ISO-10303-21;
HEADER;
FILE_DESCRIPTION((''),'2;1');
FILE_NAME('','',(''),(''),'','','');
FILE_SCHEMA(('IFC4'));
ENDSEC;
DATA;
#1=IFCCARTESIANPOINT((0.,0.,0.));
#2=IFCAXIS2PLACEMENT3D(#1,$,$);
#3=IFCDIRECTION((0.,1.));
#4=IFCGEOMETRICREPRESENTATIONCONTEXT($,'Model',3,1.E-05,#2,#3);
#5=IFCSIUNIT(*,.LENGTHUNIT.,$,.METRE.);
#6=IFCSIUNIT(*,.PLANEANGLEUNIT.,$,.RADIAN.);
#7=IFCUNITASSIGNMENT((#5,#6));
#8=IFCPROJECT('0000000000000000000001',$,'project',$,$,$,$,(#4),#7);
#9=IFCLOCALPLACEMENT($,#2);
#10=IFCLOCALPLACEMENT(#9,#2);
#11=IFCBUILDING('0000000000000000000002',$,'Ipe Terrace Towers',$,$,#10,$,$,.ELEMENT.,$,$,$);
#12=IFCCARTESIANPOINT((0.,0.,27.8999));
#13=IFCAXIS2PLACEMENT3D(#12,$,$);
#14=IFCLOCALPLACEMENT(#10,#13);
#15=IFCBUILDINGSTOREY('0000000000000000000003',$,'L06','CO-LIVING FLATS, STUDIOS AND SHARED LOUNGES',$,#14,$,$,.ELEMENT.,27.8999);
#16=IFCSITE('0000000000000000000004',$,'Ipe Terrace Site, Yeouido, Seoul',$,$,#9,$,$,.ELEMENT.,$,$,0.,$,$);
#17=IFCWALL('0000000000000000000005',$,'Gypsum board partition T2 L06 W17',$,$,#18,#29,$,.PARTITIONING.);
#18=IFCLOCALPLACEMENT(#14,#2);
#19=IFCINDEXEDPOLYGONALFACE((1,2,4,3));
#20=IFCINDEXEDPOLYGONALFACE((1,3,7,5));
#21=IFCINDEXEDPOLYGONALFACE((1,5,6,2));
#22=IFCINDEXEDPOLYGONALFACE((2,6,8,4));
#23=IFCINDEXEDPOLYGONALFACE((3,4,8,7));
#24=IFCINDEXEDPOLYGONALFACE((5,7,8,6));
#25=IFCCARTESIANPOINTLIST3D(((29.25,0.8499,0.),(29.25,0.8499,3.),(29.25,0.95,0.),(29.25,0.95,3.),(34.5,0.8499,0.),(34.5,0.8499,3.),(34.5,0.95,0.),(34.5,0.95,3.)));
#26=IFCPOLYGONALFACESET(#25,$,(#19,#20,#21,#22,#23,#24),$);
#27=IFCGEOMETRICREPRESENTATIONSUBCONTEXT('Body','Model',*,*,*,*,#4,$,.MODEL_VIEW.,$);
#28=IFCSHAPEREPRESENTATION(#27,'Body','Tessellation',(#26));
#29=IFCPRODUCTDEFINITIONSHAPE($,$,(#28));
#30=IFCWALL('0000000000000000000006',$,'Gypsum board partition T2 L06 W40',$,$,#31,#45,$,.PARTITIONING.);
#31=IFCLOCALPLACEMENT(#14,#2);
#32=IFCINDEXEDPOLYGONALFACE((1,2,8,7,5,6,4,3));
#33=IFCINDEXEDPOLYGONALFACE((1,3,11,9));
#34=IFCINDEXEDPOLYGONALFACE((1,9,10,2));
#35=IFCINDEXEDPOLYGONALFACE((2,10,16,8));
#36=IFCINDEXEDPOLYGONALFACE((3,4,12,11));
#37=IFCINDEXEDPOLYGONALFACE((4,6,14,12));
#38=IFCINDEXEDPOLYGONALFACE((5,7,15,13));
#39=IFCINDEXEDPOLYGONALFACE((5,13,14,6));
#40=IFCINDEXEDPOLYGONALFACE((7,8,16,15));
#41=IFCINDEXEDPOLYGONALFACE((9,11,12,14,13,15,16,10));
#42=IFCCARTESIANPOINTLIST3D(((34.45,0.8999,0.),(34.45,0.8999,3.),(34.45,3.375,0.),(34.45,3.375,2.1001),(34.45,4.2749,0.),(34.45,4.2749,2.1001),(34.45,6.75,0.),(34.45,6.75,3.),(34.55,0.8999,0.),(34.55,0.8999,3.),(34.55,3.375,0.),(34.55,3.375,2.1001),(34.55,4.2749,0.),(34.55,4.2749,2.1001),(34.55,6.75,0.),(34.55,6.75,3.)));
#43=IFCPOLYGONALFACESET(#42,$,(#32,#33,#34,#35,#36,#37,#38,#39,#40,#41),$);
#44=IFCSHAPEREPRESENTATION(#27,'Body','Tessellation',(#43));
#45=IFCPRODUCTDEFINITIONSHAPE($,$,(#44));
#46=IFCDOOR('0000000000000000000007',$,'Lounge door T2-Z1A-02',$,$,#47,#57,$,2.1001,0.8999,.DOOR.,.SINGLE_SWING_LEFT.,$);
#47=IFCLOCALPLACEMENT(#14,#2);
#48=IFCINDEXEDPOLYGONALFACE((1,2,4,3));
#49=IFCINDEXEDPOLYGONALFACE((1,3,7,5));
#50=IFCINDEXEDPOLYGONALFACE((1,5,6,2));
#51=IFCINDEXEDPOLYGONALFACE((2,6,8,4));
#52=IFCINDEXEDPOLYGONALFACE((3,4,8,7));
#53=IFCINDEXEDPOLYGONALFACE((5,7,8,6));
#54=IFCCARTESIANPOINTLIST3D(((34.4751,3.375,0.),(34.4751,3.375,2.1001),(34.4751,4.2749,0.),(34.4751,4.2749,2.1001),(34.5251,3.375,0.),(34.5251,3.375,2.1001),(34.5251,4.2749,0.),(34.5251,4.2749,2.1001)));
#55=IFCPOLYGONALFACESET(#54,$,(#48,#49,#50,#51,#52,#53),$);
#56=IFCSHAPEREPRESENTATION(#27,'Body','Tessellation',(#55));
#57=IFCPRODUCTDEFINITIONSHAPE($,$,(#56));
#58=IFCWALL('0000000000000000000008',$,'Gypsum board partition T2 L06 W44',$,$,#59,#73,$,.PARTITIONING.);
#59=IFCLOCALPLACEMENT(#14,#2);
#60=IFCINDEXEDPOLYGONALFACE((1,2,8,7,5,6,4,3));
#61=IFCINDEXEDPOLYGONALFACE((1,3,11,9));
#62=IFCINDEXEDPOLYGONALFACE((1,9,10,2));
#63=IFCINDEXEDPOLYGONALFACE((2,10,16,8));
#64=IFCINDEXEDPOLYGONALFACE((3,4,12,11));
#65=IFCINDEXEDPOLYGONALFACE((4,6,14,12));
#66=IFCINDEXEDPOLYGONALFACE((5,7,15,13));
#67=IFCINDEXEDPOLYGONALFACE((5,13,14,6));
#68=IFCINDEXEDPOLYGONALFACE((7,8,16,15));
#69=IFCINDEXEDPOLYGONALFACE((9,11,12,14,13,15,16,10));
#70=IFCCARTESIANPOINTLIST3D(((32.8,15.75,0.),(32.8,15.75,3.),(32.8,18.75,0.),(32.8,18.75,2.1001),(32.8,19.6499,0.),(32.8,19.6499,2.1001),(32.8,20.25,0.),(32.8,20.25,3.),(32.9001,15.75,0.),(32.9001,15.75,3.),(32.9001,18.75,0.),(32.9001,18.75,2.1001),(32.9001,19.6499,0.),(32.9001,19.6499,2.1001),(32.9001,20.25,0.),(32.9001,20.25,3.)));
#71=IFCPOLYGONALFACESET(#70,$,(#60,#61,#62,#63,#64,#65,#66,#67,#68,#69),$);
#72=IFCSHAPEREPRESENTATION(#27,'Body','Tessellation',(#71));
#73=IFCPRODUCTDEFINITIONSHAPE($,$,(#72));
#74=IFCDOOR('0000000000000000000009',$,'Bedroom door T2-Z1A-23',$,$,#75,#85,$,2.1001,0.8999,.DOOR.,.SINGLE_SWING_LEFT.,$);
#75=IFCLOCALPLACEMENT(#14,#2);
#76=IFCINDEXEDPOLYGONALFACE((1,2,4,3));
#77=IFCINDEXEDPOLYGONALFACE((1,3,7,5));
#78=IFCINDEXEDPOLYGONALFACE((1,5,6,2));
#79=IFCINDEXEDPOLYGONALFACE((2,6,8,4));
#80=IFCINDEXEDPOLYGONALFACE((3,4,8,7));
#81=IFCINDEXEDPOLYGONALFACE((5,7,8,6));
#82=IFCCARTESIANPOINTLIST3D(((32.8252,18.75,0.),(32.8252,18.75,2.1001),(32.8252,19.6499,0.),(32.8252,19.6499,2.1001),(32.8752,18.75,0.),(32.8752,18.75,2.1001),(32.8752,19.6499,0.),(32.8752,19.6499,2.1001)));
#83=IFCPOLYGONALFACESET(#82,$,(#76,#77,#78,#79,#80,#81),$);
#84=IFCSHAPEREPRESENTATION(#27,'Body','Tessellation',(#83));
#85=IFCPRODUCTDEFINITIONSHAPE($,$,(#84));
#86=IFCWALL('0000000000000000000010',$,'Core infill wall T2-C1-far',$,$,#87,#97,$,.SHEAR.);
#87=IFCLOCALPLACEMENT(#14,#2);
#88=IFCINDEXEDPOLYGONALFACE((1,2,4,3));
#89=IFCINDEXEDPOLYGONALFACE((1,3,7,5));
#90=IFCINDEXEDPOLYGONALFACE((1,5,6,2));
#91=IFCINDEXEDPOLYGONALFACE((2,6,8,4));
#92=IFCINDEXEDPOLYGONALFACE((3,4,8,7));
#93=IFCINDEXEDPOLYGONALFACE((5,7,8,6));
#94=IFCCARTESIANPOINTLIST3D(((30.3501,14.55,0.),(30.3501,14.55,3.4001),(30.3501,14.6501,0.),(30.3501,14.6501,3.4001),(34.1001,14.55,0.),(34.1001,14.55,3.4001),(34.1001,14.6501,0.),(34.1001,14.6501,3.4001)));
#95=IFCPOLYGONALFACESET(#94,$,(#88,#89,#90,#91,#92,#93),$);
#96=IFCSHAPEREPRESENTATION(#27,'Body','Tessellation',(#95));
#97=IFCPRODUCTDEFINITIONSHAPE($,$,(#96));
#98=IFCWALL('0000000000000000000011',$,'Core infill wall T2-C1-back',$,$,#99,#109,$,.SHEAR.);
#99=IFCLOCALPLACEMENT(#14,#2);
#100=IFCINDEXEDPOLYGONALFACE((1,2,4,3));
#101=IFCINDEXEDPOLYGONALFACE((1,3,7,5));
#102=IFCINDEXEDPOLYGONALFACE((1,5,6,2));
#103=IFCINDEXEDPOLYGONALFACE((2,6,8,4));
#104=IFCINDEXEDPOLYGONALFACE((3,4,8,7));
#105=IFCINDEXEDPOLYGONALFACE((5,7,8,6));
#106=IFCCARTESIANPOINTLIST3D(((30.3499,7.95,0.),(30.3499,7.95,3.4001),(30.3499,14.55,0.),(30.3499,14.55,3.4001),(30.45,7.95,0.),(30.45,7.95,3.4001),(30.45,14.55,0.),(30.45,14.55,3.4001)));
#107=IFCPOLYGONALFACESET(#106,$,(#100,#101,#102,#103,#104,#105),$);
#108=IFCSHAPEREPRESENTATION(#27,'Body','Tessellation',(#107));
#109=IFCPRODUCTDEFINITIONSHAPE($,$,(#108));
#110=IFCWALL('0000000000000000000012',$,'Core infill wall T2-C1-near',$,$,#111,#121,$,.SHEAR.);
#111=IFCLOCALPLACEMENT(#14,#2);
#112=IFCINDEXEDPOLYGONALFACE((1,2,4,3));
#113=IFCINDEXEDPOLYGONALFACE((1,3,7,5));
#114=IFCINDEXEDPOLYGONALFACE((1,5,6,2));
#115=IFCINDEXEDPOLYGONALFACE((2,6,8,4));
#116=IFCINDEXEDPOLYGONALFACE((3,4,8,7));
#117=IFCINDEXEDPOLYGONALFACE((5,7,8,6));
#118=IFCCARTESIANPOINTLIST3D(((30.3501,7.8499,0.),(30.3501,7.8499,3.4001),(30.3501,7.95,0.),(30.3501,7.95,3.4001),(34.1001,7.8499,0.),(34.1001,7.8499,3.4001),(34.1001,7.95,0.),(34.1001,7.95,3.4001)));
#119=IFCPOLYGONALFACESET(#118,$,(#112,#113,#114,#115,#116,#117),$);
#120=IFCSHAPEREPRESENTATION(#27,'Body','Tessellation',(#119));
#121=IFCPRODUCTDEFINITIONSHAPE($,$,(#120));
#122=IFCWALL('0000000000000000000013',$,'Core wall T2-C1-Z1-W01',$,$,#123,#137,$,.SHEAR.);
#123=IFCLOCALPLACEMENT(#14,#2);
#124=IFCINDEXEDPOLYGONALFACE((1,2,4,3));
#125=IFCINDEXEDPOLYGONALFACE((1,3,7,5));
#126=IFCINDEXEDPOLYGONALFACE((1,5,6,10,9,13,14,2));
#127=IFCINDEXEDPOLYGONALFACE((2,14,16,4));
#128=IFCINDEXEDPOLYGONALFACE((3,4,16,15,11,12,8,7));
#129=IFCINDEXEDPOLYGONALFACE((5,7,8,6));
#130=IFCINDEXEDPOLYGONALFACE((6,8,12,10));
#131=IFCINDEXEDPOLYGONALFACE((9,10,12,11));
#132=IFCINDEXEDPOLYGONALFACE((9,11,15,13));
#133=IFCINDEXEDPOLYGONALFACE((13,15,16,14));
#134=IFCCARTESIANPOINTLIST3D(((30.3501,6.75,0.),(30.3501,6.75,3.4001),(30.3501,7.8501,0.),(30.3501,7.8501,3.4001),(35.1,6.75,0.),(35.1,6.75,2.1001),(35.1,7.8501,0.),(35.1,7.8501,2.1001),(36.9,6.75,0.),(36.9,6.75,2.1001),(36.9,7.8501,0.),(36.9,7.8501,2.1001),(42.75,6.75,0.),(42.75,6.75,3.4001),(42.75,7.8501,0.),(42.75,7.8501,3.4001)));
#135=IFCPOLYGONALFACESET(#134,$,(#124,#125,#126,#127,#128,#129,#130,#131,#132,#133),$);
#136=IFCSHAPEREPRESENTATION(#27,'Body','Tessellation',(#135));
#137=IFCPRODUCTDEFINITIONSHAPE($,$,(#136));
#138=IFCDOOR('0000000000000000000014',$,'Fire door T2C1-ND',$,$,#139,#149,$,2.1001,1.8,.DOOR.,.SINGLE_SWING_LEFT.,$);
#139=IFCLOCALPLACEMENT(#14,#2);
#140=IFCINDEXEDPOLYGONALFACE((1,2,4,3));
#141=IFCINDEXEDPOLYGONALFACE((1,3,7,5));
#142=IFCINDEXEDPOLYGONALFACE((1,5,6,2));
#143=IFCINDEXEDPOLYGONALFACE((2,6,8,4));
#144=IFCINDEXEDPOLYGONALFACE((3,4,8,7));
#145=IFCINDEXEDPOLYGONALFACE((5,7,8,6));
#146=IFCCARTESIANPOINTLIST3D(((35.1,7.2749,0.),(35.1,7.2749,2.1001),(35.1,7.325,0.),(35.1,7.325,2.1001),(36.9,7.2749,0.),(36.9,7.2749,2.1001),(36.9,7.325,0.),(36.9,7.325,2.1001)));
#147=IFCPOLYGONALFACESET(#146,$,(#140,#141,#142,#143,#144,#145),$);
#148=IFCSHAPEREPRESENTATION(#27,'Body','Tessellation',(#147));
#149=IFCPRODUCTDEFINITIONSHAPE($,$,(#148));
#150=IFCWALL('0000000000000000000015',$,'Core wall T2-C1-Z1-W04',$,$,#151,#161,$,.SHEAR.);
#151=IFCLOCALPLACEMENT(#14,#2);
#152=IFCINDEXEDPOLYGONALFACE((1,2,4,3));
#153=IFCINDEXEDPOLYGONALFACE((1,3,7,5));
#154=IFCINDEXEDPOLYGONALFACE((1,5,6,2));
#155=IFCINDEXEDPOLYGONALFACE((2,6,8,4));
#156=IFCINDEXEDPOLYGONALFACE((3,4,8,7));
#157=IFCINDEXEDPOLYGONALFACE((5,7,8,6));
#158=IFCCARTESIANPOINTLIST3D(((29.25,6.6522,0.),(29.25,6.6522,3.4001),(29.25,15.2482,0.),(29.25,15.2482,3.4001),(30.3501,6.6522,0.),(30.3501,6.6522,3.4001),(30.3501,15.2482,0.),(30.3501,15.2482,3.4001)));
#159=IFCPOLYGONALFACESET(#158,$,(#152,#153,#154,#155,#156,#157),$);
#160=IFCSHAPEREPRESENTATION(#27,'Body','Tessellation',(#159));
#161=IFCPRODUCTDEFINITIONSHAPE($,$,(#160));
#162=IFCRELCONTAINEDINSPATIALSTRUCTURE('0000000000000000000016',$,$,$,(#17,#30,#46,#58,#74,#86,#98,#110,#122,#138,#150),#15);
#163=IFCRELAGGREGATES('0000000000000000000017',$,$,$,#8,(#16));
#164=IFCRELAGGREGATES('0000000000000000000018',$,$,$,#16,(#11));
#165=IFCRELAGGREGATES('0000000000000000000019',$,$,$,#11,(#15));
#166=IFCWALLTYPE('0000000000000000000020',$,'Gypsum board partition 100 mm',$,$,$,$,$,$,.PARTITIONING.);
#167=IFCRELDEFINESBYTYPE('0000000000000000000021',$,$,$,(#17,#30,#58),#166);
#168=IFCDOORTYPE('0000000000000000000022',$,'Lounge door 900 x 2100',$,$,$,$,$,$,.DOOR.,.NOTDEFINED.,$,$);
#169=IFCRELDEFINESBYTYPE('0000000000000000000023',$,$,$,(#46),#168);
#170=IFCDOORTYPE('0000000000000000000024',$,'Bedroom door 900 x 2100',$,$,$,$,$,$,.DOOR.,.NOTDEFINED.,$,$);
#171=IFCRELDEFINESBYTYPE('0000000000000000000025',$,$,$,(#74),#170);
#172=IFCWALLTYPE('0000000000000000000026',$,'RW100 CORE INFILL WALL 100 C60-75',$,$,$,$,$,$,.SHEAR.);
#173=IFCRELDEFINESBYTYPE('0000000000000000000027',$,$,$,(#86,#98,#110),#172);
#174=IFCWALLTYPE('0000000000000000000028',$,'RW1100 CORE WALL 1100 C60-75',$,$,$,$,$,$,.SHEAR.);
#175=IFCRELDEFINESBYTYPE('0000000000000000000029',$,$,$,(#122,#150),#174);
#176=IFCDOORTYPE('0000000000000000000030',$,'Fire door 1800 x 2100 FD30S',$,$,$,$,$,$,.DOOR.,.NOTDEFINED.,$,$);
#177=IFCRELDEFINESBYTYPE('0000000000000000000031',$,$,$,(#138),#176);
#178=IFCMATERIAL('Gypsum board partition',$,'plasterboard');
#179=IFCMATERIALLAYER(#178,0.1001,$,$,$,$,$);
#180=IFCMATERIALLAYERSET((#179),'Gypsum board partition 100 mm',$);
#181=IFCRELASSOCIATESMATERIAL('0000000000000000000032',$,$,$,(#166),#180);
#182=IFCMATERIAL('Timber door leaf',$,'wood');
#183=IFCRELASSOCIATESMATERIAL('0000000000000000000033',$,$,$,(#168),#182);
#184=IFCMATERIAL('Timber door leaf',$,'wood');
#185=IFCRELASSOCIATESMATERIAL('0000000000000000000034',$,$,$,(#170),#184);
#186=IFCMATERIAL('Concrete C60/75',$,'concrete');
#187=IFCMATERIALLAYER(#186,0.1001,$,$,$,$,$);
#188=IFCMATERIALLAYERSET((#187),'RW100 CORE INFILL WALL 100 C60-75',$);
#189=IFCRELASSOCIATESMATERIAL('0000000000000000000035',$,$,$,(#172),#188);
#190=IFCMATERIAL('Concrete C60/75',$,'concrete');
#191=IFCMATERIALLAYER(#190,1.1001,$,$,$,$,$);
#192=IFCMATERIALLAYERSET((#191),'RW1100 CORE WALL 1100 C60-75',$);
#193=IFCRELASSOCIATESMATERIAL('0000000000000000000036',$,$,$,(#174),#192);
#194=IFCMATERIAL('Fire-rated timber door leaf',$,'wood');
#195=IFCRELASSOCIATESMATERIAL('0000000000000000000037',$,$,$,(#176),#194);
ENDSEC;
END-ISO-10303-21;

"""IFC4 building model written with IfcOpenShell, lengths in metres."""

from ifc_helpers import new_model, si_unit, direction, frame, frame_2d, origin, place, context, subcontext, project, spatial, rectangle, extrude, material, layer, layer_set, type_object, element, fill, save


model = new_model("IFC4")

# Units and contexts
model_context = context("Model", 3, precision=1e-05, world=origin(), true_north=direction((0.0, 1.0)))
body_context = subcontext(model_context, "Body", "Model", "MODEL_VIEW")
ifc_project = project(units=[si_unit("LENGTHUNIT", "METRE"), si_unit("PLANEANGLEUNIT", "RADIAN")], contexts=[model_context])

# Site, building, storey
site_placement = place(None, origin())
site = spatial("IfcSite", under=ifc_project, at=site_placement, Name="Ipe Terrace Site, Yeouido, Seoul", CompositionType="ELEMENT", RefElevation=0.0)
building_placement = place(site_placement, origin())
building = spatial("IfcBuilding", under=site, at=building_placement, Name="Ipe Terrace Towers", CompositionType="ELEMENT")
storey_placement = place(building_placement, frame((0.0, 0.0, 27.8999)))
storey = spatial("IfcBuildingStorey", under=building, at=storey_placement, Name="L06", Description="CO-LIVING FLATS, STUDIOS AND SHARED LOUNGES", CompositionType="ELEMENT", Elevation=27.8999)

# Wall
ifc_material_1 = material(Name="Gypsum board partition", Category="plasterboard")
ifc_layer_1 = layer(ifc_material_1, 0.1001)
ifc_layer_set_1 = layer_set([ifc_layer_1], Name="Gypsum board partition 100 mm")
wall_type_1 = type_object("IfcWallType", Name="Gypsum board partition 100 mm", PredefinedType="PARTITIONING", material=ifc_layer_set_1)
wall_1_placement = place(storey_placement, frame((34.5, 0.8999, 0.0), z_axis=(0.0, 0.0, 1.0), x_axis=(-1.0, 0.0, 0.0)))
element("IfcWall", 1, at=wall_1_placement, inside=storey, type_object=wall_type_1, Name="Gypsum board partition T2 L06 W17", PredefinedType="PARTITIONING", context=body_context, shape_type="SweptSolid", body=[
    extrude(rectangle(XDim=5.25, YDim=0.1001, at=frame_2d((2.625, 0.0))), origin(), (0.0, 0.0, 1.0), 3.0),
])

# Walls, openings, doors
wall_2_placement = place(storey_placement, frame((34.5, 0.8999, 0.0), z_axis=(0.0, 0.0, 1.0), x_axis=(0.0, 1.0, 0.0)))
wall_2 = element("IfcWall", 2, at=wall_2_placement, inside=storey, type_object=wall_type_1, Name="Gypsum board partition T2 L06 W40", PredefinedType="PARTITIONING", context=body_context, shape_type="SweptSolid", body=[
    extrude(rectangle(XDim=5.8501, YDim=0.1001, at=frame_2d((2.925, 0.0))), origin(), (0.0, 0.0, 1.0), 3.0),
])
opening_1_placement = place(wall_2_placement, frame((2.4751, 0.0, 0.0)))
opening_1 = element("IfcOpeningElement", 3, at=opening_1_placement, cuts=wall_2, PredefinedType="OPENING", context=body_context, shape_type="SweptSolid", body=[
    extrude(rectangle(XDim=0.8999, YDim=2.1001, at=frame_2d((0.45, 1.05))), frame((0.0, 0.0601, 0.0), z_axis=(0.0, -1.0, 0.0), x_axis=(1.0, 0.0, 0.0)), (0.0, 0.0, 1.0), 0.1201),
])
ifc_material_2 = material(Name="Timber door leaf", Category="wood")
door_type_1 = type_object("IfcDoorType", Name="Lounge door 900 x 2100", OperationType="NOTDEFINED", PredefinedType="DOOR", material=ifc_material_2)
door_1_placement = place(opening_1_placement, origin())
door_1 = element("IfcDoor", 4, at=door_1_placement, inside=storey, type_object=door_type_1, Name="Lounge door T2-Z1A-02", OperationType="SINGLE_SWING_LEFT", OverallHeight=2.1001, OverallWidth=0.8999, PredefinedType="DOOR", context=body_context, shape_type="SweptSolid", body=[
    extrude(rectangle(XDim=0.8999, YDim=2.1001, at=frame_2d((0.45, 1.05))), frame((0.0, 0.0249, 0.0), z_axis=(0.0, -1.0, 0.0), x_axis=(1.0, 0.0, 0.0)), (0.0, 0.0, 1.0), 0.05),
])
fill(opening_1, door_1)
wall_3_placement = place(storey_placement, frame((32.8501, 15.75, 0.0), z_axis=(0.0, 0.0, 1.0), x_axis=(0.0, 1.0, 0.0)))
wall_3 = element("IfcWall", 5, at=wall_3_placement, inside=storey, type_object=wall_type_1, Name="Gypsum board partition T2 L06 W44", PredefinedType="PARTITIONING", context=body_context, shape_type="SweptSolid", body=[
    extrude(rectangle(XDim=4.5, YDim=0.1001, at=frame_2d((2.25, 0.0))), origin(), (0.0, 0.0, 1.0), 3.0),
])
opening_2_placement = place(wall_3_placement, frame((3.0, 0.0, 0.0)))
opening_2 = element("IfcOpeningElement", 6, at=opening_2_placement, cuts=wall_3, PredefinedType="OPENING", context=body_context, shape_type="SweptSolid", body=[
    extrude(rectangle(XDim=0.8999, YDim=2.1001, at=frame_2d((0.45, 1.05))), frame((0.0, 0.0601, 0.0), z_axis=(0.0, -1.0, 0.0), x_axis=(1.0, 0.0, 0.0)), (0.0, 0.0, 1.0), 0.1201),
])
ifc_material_3 = material(Name="Timber door leaf", Category="wood")
door_type_2 = type_object("IfcDoorType", Name="Bedroom door 900 x 2100", OperationType="NOTDEFINED", PredefinedType="DOOR", material=ifc_material_3)
door_2_placement = place(opening_2_placement, origin())
door_2 = element("IfcDoor", 7, at=door_2_placement, inside=storey, type_object=door_type_2, Name="Bedroom door T2-Z1A-23", OperationType="SINGLE_SWING_LEFT", OverallHeight=2.1001, OverallWidth=0.8999, PredefinedType="DOOR", context=body_context, shape_type="SweptSolid", body=[
    extrude(rectangle(XDim=0.8999, YDim=2.1001, at=frame_2d((0.45, 1.05))), frame((0.0, 0.0249, 0.0), z_axis=(0.0, -1.0, 0.0), x_axis=(1.0, 0.0, 0.0)), (0.0, 0.0, 1.0), 0.05),
])
fill(opening_2, door_2)

# Walls
ifc_material_4 = material(Name="Concrete C60/75", Category="concrete")
ifc_layer_2 = layer(ifc_material_4, 0.1001)
ifc_layer_set_2 = layer_set([ifc_layer_2], Name="RW100 CORE INFILL WALL 100 C60-75")
wall_type_2 = type_object("IfcWallType", Name="RW100 CORE INFILL WALL 100 C60-75", PredefinedType="SHEAR", material=ifc_layer_set_2)
wall_4_placement = place(storey_placement, frame((34.1001, 14.6001, 0.0), z_axis=(0.0, 0.0, 1.0), x_axis=(-1.0, 0.0, 0.0)))
element("IfcWall", 8, at=wall_4_placement, inside=storey, type_object=wall_type_2, Name="Core infill wall T2-C1-far", PredefinedType="SHEAR", context=body_context, shape_type="SweptSolid", body=[
    extrude(rectangle(XDim=3.75, YDim=0.1001, at=frame_2d((1.875, 0.0))), origin(), (0.0, 0.0, 1.0), 3.4001),
])
wall_5_placement = place(storey_placement, frame((30.3999, 7.95, 0.0), z_axis=(0.0, 0.0, 1.0), x_axis=(0.0, 1.0, 0.0)))
element("IfcWall", 9, at=wall_5_placement, inside=storey, type_object=wall_type_2, Name="Core infill wall T2-C1-back", PredefinedType="SHEAR", context=body_context, shape_type="SweptSolid", body=[
    extrude(rectangle(XDim=6.6001, YDim=0.1001, at=frame_2d((3.3, 0.0))), origin(), (0.0, 0.0, 1.0), 3.4001),
])
wall_6_placement = place(storey_placement, frame((34.1001, 7.8999, 0.0), z_axis=(0.0, 0.0, 1.0), x_axis=(-1.0, 0.0, 0.0)))
element("IfcWall", 10, at=wall_6_placement, inside=storey, type_object=wall_type_2, Name="Core infill wall T2-C1-near", PredefinedType="SHEAR", context=body_context, shape_type="SweptSolid", body=[
    extrude(rectangle(XDim=3.75, YDim=0.1001, at=frame_2d((1.875, 0.0))), origin(), (0.0, 0.0, 1.0), 3.4001),
])

# Wall, opening, door
ifc_material_5 = material(Name="Concrete C60/75", Category="concrete")
ifc_layer_3 = layer(ifc_material_5, 1.1001)
ifc_layer_set_3 = layer_set([ifc_layer_3], Name="RW1100 CORE WALL 1100 C60-75")
wall_type_3 = type_object("IfcWallType", Name="RW1100 CORE WALL 1100 C60-75", PredefinedType="SHEAR", material=ifc_layer_set_3)
wall_7_placement = place(storey_placement, frame((30.3501, 7.3, 0.0), z_axis=(0.0, 0.0, 1.0), x_axis=(1.0, 0.0, 0.0)))
wall_7 = element("IfcWall", 11, at=wall_7_placement, inside=storey, type_object=wall_type_3, Name="Core wall T2-C1-Z1-W01", PredefinedType="SHEAR", context=body_context, shape_type="SweptSolid", body=[
    extrude(rectangle(XDim=12.3999, YDim=1.1001, at=frame_2d((6.2, 0.0))), origin(), (0.0, 0.0, 1.0), 3.4001),
])
opening_3_placement = place(wall_7_placement, frame((4.75, 0.0, 0.0)))
opening_3 = element("IfcOpeningElement", 12, at=opening_3_placement, cuts=wall_7, PredefinedType="OPENING", context=body_context, shape_type="SweptSolid", body=[
    extrude(rectangle(XDim=1.8, YDim=2.1001, at=frame_2d((0.8999, 1.05))), frame((0.0, 0.5601, 0.0), z_axis=(0.0, -1.0, 0.0), x_axis=(1.0, 0.0, 0.0)), (0.0, 0.0, 1.0), 1.1201),
])
ifc_material_6 = material(Name="Fire-rated timber door leaf", Category="wood")
door_type_3 = type_object("IfcDoorType", Name="Fire door 1800 x 2100 FD30S", OperationType="NOTDEFINED", PredefinedType="DOOR", material=ifc_material_6)
door_3_placement = place(opening_3_placement, origin())
door_3 = element("IfcDoor", 13, at=door_3_placement, inside=storey, type_object=door_type_3, Name="Fire door T2C1-ND", OperationType="SINGLE_SWING_LEFT", OverallHeight=2.1001, OverallWidth=1.8, PredefinedType="DOOR", context=body_context, shape_type="SweptSolid", body=[
    extrude(rectangle(XDim=1.8, YDim=2.1001, at=frame_2d((0.8999, 1.05))), frame((0.0, 0.0249, 0.0), z_axis=(0.0, -1.0, 0.0), x_axis=(1.0, 0.0, 0.0)), (0.0, 0.0, 1.0), 0.05),
])
fill(opening_3, door_3)

# Wall
wall_8_placement = place(storey_placement, frame((29.8, 15.248, 0.0), z_axis=(0.0, 0.0, 1.0), x_axis=(0.0, -1.0, 0.0)))
element("IfcWall", 14, at=wall_8_placement, inside=storey, type_object=wall_type_3, Name="Core wall T2-C1-Z1-W04", PredefinedType="SHEAR", context=body_context, shape_type="SweptSolid", body=[
    extrude(rectangle(XDim=8.5959, YDim=1.1001, at=frame_2d((4.2979, 0.0))), origin(), (0.0, 0.0, 1.0), 3.4001),
])

save(model, "model.ifc")
